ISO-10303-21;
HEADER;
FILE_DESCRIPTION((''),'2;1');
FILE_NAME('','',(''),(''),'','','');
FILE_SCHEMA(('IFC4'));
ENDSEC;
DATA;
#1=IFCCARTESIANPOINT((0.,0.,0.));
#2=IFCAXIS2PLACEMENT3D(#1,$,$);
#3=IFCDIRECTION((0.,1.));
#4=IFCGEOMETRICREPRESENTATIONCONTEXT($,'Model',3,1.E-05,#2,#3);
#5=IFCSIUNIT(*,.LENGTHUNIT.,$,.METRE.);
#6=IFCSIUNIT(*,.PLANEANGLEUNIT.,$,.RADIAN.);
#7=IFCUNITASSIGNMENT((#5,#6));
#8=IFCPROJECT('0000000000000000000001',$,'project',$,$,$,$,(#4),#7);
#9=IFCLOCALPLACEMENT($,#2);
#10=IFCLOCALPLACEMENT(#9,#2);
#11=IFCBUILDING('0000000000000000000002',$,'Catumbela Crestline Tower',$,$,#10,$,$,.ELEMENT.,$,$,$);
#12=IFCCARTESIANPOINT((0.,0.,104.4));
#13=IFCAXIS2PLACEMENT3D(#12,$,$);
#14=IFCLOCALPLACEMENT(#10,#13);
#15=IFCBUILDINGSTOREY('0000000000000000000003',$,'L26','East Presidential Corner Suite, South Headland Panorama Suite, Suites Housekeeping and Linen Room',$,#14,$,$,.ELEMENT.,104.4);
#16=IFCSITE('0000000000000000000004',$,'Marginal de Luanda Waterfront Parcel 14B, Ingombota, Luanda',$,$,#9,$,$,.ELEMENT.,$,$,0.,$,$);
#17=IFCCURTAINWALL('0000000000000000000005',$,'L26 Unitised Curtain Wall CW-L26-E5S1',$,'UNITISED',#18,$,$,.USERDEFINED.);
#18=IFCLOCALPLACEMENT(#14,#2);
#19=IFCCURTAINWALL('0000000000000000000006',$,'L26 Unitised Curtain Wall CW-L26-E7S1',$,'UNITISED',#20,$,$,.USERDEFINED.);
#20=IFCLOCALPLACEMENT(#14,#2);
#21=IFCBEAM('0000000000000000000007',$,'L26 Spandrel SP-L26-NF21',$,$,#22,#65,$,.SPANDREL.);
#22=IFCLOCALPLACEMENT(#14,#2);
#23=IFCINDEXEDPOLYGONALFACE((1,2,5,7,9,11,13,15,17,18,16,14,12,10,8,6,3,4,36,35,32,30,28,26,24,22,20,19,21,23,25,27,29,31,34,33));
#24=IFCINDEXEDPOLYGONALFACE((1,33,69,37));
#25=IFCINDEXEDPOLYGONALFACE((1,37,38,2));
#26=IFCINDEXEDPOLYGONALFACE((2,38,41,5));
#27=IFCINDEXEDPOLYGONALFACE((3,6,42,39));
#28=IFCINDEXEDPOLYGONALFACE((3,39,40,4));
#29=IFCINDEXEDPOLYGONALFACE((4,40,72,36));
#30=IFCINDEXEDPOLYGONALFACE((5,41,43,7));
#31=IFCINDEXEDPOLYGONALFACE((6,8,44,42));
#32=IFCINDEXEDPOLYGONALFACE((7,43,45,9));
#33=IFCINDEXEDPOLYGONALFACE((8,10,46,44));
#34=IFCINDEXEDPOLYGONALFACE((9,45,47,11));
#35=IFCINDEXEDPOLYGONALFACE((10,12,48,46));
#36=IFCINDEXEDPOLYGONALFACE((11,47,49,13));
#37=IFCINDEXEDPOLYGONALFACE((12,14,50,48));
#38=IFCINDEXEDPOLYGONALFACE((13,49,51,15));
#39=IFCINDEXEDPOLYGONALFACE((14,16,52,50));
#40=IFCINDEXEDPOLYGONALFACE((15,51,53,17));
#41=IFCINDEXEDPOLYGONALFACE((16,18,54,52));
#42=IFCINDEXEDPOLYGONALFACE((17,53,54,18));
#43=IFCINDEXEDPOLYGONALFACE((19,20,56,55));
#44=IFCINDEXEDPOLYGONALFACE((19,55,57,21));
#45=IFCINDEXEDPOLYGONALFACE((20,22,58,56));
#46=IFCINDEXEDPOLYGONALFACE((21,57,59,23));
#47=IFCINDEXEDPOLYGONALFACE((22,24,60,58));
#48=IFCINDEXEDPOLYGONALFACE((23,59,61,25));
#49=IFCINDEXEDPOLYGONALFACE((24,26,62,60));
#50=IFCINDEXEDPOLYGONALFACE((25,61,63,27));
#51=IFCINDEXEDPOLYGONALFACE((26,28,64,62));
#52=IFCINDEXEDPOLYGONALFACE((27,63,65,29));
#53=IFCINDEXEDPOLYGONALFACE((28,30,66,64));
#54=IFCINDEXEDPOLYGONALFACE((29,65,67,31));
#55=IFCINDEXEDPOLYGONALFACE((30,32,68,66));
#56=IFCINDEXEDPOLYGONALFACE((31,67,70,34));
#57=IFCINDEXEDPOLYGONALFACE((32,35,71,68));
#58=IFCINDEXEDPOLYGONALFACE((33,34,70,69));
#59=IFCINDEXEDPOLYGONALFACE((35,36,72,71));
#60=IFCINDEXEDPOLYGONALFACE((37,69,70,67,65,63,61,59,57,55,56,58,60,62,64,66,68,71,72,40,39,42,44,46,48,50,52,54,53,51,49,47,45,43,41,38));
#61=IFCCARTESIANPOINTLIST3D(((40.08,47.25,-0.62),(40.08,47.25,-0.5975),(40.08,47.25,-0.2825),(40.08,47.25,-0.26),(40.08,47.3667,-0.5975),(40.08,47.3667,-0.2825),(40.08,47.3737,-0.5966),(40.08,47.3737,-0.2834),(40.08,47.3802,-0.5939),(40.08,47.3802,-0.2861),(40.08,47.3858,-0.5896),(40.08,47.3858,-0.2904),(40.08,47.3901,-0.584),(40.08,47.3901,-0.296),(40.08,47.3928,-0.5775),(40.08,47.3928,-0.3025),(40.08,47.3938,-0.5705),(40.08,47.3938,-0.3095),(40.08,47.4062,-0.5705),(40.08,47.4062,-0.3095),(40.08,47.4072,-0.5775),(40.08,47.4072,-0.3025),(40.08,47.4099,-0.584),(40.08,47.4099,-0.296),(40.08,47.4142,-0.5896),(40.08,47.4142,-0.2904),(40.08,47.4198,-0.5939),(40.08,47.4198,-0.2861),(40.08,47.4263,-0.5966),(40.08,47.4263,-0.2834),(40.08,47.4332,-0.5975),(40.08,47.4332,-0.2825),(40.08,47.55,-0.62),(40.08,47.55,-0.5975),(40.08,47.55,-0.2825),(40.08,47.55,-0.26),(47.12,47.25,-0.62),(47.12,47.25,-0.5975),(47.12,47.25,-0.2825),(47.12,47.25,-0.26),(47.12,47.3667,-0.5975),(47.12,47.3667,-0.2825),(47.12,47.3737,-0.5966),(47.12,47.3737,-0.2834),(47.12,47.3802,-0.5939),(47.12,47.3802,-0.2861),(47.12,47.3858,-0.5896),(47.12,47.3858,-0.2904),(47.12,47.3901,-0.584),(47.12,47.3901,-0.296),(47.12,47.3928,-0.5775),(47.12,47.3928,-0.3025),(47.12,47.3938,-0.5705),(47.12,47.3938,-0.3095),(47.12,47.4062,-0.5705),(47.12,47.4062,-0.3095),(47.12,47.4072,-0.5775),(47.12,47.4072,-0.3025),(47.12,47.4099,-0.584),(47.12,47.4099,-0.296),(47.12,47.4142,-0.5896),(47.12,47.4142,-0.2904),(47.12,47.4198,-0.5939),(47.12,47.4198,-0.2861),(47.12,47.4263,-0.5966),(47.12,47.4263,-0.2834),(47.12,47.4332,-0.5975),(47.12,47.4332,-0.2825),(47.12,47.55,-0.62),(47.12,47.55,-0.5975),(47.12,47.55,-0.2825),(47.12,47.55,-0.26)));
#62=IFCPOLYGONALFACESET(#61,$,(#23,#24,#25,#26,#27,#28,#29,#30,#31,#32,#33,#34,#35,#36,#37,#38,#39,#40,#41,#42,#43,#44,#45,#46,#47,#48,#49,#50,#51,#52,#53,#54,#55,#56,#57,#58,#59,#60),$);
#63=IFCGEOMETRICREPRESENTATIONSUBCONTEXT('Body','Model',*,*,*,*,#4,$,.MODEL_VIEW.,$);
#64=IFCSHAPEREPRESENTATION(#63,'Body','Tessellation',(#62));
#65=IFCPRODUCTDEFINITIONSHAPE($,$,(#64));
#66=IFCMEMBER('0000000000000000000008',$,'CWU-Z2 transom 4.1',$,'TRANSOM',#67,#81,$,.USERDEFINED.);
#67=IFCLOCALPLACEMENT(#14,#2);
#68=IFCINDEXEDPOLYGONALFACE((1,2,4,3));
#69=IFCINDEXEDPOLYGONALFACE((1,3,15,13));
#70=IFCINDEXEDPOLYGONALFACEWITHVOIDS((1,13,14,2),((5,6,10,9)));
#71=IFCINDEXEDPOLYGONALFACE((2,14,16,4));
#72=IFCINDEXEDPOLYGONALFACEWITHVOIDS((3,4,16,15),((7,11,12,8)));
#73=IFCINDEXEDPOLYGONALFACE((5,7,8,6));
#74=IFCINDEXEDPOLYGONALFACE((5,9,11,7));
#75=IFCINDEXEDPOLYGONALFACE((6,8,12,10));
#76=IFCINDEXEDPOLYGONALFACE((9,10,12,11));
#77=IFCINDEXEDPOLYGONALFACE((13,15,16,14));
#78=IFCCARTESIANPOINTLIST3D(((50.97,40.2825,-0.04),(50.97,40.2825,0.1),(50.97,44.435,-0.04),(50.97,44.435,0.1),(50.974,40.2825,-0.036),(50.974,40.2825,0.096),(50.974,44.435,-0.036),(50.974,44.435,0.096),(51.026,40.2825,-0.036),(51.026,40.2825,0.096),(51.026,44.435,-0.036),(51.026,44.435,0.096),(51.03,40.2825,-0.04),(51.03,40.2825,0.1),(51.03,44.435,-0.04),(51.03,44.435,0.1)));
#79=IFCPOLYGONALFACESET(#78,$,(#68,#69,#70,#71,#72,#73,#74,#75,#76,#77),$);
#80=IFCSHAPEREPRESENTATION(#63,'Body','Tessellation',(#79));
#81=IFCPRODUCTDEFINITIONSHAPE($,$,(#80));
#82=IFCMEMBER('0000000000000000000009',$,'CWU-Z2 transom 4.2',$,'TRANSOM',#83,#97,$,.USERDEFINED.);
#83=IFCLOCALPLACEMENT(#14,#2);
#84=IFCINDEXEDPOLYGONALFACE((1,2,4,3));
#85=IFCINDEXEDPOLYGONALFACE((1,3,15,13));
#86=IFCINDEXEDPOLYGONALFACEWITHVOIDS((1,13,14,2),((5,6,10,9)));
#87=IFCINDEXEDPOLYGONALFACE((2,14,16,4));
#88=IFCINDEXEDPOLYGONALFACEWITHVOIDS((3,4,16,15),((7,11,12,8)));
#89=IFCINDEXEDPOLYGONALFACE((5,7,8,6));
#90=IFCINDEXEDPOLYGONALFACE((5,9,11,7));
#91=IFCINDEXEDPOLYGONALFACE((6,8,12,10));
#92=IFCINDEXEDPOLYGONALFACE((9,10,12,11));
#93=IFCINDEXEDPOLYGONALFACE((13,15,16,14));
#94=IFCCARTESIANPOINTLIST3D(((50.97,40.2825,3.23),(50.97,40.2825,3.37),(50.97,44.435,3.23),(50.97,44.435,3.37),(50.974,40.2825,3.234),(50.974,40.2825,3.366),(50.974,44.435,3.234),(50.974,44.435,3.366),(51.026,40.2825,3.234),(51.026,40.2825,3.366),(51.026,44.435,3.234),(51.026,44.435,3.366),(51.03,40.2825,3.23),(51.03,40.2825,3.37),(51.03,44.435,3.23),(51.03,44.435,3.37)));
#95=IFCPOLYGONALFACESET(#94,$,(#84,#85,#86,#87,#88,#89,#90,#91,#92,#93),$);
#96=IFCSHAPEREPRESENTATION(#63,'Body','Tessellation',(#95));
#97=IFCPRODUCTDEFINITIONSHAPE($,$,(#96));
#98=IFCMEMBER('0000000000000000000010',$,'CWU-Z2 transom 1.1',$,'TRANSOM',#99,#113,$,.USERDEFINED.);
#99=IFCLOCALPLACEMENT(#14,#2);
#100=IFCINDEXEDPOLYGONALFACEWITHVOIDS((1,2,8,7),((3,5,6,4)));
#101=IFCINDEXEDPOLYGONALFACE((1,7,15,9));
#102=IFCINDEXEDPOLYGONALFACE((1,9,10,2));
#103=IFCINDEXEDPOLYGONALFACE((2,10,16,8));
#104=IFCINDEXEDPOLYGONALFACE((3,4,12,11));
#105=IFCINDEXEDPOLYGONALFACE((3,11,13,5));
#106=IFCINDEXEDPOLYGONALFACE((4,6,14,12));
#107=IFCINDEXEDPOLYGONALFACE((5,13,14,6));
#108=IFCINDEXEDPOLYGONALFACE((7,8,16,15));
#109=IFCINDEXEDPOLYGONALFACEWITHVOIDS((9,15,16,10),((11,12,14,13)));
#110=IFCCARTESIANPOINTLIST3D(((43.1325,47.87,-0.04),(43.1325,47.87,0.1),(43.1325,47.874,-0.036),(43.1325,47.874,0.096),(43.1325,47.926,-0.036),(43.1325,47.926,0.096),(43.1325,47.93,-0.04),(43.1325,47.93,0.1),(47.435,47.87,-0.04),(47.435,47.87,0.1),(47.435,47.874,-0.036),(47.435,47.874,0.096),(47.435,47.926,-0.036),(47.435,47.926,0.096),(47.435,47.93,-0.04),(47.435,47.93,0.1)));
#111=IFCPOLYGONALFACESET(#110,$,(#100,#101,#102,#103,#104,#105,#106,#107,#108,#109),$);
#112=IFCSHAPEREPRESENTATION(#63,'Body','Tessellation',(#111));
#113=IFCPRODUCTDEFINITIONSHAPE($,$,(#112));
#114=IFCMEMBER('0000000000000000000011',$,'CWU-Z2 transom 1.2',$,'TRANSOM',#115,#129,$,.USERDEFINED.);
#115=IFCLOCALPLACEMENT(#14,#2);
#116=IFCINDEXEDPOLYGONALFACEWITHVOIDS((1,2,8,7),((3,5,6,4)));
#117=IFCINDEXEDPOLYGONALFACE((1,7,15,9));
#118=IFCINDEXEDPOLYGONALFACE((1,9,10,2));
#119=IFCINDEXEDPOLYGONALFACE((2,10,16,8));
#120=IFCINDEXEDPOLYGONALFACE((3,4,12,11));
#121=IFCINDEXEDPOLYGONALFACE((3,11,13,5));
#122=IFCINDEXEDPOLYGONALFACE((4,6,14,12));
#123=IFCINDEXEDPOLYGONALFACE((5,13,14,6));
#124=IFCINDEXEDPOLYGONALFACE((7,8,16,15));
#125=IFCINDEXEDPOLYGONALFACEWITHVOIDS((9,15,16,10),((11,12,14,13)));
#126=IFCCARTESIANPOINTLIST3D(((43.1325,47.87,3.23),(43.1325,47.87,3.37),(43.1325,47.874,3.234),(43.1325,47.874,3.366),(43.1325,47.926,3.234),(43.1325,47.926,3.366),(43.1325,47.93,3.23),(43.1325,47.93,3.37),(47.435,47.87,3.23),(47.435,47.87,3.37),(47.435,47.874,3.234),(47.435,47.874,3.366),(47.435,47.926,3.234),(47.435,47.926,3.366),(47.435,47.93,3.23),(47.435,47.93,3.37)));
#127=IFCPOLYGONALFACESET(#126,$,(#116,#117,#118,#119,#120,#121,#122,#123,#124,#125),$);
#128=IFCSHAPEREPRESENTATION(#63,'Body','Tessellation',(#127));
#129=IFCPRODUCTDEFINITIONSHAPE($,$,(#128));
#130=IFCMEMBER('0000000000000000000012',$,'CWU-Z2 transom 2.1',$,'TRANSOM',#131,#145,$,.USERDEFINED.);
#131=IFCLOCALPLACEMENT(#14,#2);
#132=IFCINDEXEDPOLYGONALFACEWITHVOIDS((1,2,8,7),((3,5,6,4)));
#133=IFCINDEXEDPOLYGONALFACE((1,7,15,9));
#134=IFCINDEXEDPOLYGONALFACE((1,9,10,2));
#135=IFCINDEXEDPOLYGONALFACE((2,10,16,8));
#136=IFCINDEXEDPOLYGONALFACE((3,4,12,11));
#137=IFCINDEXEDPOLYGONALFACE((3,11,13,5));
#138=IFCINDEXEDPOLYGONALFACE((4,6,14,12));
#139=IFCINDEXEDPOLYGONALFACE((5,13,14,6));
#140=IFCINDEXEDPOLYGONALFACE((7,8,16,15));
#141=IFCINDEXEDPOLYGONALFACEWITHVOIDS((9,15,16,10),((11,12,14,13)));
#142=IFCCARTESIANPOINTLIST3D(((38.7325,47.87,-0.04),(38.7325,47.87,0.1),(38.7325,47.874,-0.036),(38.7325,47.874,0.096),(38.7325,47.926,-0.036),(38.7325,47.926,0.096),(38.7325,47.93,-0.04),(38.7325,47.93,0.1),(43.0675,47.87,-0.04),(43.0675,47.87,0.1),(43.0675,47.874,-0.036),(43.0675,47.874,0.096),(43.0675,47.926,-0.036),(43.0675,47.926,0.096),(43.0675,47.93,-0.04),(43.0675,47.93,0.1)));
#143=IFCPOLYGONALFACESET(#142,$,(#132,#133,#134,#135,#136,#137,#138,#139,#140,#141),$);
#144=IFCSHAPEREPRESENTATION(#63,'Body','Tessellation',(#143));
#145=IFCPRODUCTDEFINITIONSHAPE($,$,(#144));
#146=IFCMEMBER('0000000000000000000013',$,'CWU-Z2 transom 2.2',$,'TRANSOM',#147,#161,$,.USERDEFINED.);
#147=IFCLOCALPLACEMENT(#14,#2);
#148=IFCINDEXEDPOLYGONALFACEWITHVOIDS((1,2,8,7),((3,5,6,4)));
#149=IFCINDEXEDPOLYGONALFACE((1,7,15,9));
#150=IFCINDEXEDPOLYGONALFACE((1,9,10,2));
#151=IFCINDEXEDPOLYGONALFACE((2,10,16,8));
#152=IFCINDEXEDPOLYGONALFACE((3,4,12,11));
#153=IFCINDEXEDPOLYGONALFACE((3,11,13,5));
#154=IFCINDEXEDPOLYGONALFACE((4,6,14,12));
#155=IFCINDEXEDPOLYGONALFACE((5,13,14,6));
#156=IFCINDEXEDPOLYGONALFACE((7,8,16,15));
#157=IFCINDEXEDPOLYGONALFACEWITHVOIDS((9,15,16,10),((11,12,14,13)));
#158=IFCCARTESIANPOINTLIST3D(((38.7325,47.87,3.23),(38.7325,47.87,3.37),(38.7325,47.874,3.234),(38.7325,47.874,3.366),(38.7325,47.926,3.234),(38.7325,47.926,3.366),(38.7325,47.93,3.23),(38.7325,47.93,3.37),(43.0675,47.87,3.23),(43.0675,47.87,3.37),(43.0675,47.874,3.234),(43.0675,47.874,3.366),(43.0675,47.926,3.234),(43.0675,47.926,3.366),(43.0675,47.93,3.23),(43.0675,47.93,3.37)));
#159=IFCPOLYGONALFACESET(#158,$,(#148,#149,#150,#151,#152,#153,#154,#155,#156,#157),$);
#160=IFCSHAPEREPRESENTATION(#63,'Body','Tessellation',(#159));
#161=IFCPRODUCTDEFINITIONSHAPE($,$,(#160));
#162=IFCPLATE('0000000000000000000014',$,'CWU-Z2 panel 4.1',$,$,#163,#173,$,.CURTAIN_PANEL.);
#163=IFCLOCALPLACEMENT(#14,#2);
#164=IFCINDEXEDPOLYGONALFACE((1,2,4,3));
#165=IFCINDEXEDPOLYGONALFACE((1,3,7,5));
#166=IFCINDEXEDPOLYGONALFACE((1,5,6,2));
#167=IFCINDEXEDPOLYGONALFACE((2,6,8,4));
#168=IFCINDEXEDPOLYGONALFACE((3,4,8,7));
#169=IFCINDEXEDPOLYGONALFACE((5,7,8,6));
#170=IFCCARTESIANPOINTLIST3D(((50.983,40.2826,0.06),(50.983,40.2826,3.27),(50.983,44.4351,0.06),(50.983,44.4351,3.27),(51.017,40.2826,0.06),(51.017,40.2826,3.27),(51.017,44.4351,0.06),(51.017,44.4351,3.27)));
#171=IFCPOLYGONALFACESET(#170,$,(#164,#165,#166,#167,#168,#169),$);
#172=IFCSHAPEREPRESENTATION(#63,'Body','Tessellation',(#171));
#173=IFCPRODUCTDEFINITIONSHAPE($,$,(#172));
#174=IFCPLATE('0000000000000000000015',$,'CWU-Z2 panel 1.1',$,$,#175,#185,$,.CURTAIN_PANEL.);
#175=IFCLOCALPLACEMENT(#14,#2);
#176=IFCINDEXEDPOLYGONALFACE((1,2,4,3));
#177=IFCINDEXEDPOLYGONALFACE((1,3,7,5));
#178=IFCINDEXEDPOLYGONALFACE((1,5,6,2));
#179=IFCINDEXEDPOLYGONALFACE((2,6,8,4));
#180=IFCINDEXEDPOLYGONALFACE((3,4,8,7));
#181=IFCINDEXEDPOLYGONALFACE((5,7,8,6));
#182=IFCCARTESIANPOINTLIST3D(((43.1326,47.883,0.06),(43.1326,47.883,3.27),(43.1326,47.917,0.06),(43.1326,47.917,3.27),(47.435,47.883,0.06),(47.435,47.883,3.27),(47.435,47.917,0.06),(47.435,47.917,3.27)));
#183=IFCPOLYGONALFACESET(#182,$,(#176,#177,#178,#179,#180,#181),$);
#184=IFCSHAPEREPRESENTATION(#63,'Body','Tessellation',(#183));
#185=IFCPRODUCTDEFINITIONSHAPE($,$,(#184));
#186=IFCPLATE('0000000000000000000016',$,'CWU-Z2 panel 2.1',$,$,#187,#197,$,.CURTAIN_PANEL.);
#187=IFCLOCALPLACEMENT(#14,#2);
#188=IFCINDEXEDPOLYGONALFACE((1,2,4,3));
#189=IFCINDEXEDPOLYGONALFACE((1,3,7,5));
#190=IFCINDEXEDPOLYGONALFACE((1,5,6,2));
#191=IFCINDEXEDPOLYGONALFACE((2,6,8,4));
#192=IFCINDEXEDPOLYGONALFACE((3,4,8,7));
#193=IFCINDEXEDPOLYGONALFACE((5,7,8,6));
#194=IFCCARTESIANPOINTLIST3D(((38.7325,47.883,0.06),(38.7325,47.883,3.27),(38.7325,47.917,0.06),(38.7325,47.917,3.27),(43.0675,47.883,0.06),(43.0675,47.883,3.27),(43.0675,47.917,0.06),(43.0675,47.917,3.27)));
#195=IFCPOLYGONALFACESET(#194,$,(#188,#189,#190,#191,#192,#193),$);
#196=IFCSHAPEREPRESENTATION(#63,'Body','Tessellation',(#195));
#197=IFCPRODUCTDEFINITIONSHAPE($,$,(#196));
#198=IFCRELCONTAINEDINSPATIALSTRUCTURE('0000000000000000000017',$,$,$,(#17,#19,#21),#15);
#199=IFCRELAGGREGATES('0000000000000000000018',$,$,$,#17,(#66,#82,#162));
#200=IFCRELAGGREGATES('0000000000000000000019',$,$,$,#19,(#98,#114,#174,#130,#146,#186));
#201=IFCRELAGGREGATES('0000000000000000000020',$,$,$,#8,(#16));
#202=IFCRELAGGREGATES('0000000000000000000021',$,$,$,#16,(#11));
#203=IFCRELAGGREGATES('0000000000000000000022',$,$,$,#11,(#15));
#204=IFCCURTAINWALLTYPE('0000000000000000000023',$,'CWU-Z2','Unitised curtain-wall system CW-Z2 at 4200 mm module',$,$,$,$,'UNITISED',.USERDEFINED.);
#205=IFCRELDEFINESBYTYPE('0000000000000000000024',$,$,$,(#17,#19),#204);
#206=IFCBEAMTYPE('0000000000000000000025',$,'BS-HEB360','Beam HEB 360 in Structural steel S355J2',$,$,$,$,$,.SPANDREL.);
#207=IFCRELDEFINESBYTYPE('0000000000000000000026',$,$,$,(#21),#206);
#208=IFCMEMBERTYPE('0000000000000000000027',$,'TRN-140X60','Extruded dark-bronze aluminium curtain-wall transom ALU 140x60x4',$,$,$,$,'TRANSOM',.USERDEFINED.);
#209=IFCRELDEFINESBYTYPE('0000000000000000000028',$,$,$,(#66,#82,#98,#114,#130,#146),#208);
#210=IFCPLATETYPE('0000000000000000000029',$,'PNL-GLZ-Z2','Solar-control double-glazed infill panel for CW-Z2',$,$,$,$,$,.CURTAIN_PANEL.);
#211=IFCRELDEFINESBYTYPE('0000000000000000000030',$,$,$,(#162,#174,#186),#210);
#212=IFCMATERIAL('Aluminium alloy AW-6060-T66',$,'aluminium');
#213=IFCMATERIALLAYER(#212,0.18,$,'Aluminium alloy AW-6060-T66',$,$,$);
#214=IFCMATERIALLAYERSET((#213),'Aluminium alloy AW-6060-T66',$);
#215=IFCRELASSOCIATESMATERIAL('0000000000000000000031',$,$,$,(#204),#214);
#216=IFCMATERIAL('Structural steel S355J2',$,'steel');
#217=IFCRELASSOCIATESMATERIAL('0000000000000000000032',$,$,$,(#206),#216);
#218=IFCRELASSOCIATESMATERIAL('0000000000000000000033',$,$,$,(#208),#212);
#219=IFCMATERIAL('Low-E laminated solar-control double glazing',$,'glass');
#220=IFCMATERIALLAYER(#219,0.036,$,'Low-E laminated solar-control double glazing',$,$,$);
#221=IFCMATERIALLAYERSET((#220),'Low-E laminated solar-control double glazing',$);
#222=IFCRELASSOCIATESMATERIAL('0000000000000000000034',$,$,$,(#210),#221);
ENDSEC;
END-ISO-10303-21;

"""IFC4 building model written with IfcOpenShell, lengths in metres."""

from ifc_helpers import new_model, si_unit, direction, frame, origin, origin_2d, place, context, subcontext, project, spatial, rectangle, hollow_rectangle, i_section, extrude, material, layer, layer_set, material_profile, profile_set, type_object, element, aggregate, save


model = new_model("IFC4")

# Units and contexts
model_context = context("Model", 3, precision=1e-05, world=origin(), true_north=direction((0.0, 1.0)))
body_context = subcontext(model_context, "Body", "Model", "MODEL_VIEW")
ifc_project = project(units=[si_unit("LENGTHUNIT", "METRE"), si_unit("PLANEANGLEUNIT", "RADIAN")], contexts=[model_context])

# Site, building, storey
site_placement = place(None, origin())
site = spatial("IfcSite", under=ifc_project, at=site_placement, Name="Marginal de Luanda Waterfront Parcel 14B, Ingombota, Luanda", CompositionType="ELEMENT", RefElevation=0.0)
building_placement = place(site_placement, origin())
building = spatial("IfcBuilding", under=site, at=building_placement, Name="Catumbela Crestline Tower", CompositionType="ELEMENT")
storey_placement = place(building_placement, frame((0.0, 0.0, 104.4)))
storey = spatial("IfcBuildingStorey", under=building, at=storey_placement, Name="L26", Description="East Presidential Corner Suite, South Headland Panorama Suite, Suites Housekeeping and Linen Room", CompositionType="ELEMENT", Elevation=104.4)

# Curtain walls
ifc_material_1 = material(Name="Aluminium alloy AW-6060-T66", Category="aluminium")
ifc_layer_1 = layer(ifc_material_1, 0.18, Name="Aluminium alloy AW-6060-T66")
ifc_layer_set_1 = layer_set([ifc_layer_1], Name="Aluminium alloy AW-6060-T66")
curtain_wall_type = type_object("IfcCurtainWallType", Name="CWU-Z2", Description="Unitised curtain-wall system CW-Z2 at 4200 mm module", ElementType="UNITISED", PredefinedType="USERDEFINED", material=ifc_layer_set_1)
curtain_wall_1_placement = place(storey_placement, origin())
curtain_wall_1 = element("IfcCurtainWall", 1, at=curtain_wall_1_placement, inside=storey, type_object=curtain_wall_type, Name="L26 Unitised Curtain Wall CW-L26-E5S1", ObjectType="UNITISED", PredefinedType="USERDEFINED")
curtain_wall_2_placement = place(storey_placement, origin())
curtain_wall_2 = element("IfcCurtainWall", 2, at=curtain_wall_2_placement, inside=storey, type_object=curtain_wall_type, Name="L26 Unitised Curtain Wall CW-L26-E7S1", ObjectType="UNITISED", PredefinedType="USERDEFINED")

# Beam
ifc_material_2 = material(Name="Structural steel S355J2", Category="steel")
ifc_material_profile_1 = material_profile(ifc_material_2, i_section(OverallWidth=0.3, OverallDepth=0.36, WebThickness=0.0125, FlangeThickness=0.0225, FilletRadius=0.027, at=origin_2d()), Name="HEB 360")
ifc_profile_set_1 = profile_set([ifc_material_profile_1], Name="Structural steel S355J2")
beam_type = type_object("IfcBeamType", Name="BS-HEB360", Description="Beam HEB 360 in Structural steel S355J2", PredefinedType="SPANDREL", material=ifc_profile_set_1)
beam_placement = place(storey_placement, frame((40.08, 47.4, -0.44), z_axis=(1.0, 0.0, 0.0), x_axis=(0.0, 1.0, 0.0)))
element("IfcBeam", 3, at=beam_placement, inside=storey, type_object=beam_type, Name="L26 Spandrel SP-L26-NF21", PredefinedType="SPANDREL", context=body_context, shape_type="SweptSolid", body=[
    extrude(i_section(OverallWidth=0.3, OverallDepth=0.36, WebThickness=0.0125, FlangeThickness=0.0225, FilletRadius=0.027, at=origin_2d()), origin(), (0.0, 0.0, 1.0), 7.04),
])

# Members
ifc_material_profile_2 = material_profile(ifc_material_1, hollow_rectangle(XDim=0.06, YDim=0.14, WallThickness=0.004, at=origin_2d()), Name="ALU 140x60x4")
ifc_profile_set_2 = profile_set([ifc_material_profile_2], Name="Aluminium alloy AW-6060-T66")
member_type_1 = type_object("IfcMemberType", Name="TRN-140X60", Description="Extruded dark-bronze aluminium curtain-wall transom ALU 140x60x4", ElementType="TRANSOM", PredefinedType="USERDEFINED", material=ifc_profile_set_2)
member_1_placement = place(storey_placement, frame((51.0, 40.2825, 0.03), z_axis=(0.0, 1.0, 0.0), x_axis=(-1.0, 0.0, 0.0)))
member_1 = element("IfcMember", 4, at=member_1_placement, type_object=member_type_1, Name="CWU-Z2 transom 4.1", ObjectType="TRANSOM", PredefinedType="USERDEFINED", context=body_context, shape_type="SweptSolid", body=[
    extrude(hollow_rectangle(XDim=0.06, YDim=0.14, WallThickness=0.004, at=origin_2d()), origin(), (0.0, 0.0, 1.0), 4.1525),
])
member_2_placement = place(storey_placement, frame((51.0, 40.2825, 3.3), z_axis=(0.0, 1.0, 0.0), x_axis=(-1.0, 0.0, 0.0)))
member_2 = element("IfcMember", 5, at=member_2_placement, type_object=member_type_1, Name="CWU-Z2 transom 4.2", ObjectType="TRANSOM", PredefinedType="USERDEFINED", context=body_context, shape_type="SweptSolid", body=[
    extrude(hollow_rectangle(XDim=0.06, YDim=0.14, WallThickness=0.004, at=origin_2d()), origin(), (0.0, 0.0, 1.0), 4.1525),
])
member_3_placement = place(storey_placement, frame((47.435, 47.9, 0.03), z_axis=(-1.0, 0.0, 0.0), x_axis=(0.0, -1.0, 0.0)))
member_3 = element("IfcMember", 6, at=member_3_placement, type_object=member_type_1, Name="CWU-Z2 transom 1.1", ObjectType="TRANSOM", PredefinedType="USERDEFINED", context=body_context, shape_type="SweptSolid", body=[
    extrude(hollow_rectangle(XDim=0.06, YDim=0.14, WallThickness=0.004, at=origin_2d()), origin(), (0.0, 0.0, 1.0), 4.3025),
])
member_4_placement = place(storey_placement, frame((47.435, 47.9, 3.3), z_axis=(-1.0, 0.0, 0.0), x_axis=(0.0, -1.0, 0.0)))
member_4 = element("IfcMember", 7, at=member_4_placement, type_object=member_type_1, Name="CWU-Z2 transom 1.2", ObjectType="TRANSOM", PredefinedType="USERDEFINED", context=body_context, shape_type="SweptSolid", body=[
    extrude(hollow_rectangle(XDim=0.06, YDim=0.14, WallThickness=0.004, at=origin_2d()), origin(), (0.0, 0.0, 1.0), 4.3025),
])
member_5_placement = place(storey_placement, frame((43.0675, 47.9, 0.03), z_axis=(-1.0, 0.0, 0.0), x_axis=(0.0, -1.0, 0.0)))
member_5 = element("IfcMember", 8, at=member_5_placement, type_object=member_type_1, Name="CWU-Z2 transom 2.1", ObjectType="TRANSOM", PredefinedType="USERDEFINED", context=body_context, shape_type="SweptSolid", body=[
    extrude(hollow_rectangle(XDim=0.06, YDim=0.14, WallThickness=0.004, at=origin_2d()), origin(), (0.0, 0.0, 1.0), 4.335),
])
member_6_placement = place(storey_placement, frame((43.0675, 47.9, 3.3), z_axis=(-1.0, 0.0, 0.0), x_axis=(0.0, -1.0, 0.0)))
member_6 = element("IfcMember", 9, at=member_6_placement, type_object=member_type_1, Name="CWU-Z2 transom 2.2", ObjectType="TRANSOM", PredefinedType="USERDEFINED", context=body_context, shape_type="SweptSolid", body=[
    extrude(hollow_rectangle(XDim=0.06, YDim=0.14, WallThickness=0.004, at=origin_2d()), origin(), (0.0, 0.0, 1.0), 4.335),
])

# Plates
ifc_material_3 = material(Name="Low-E laminated solar-control double glazing", Category="glass")
ifc_layer_2 = layer(ifc_material_3, 0.036, Name="Low-E laminated solar-control double glazing")
ifc_layer_set_2 = layer_set([ifc_layer_2], Name="Low-E laminated solar-control double glazing")
plate_type = type_object("IfcPlateType", Name="PNL-GLZ-Z2", Description="Solar-control double-glazed infill panel for CW-Z2", PredefinedType="CURTAIN_PANEL", material=ifc_layer_set_2)
plate_1_placement = place(storey_placement, frame((51.0, 42.3588, 0.06), z_axis=(0.0, 0.0, 1.0), x_axis=(0.0, 1.0, 0.0)))
plate_1 = element("IfcPlate", 10, at=plate_1_placement, type_object=plate_type, Name="CWU-Z2 panel 4.1", PredefinedType="CURTAIN_PANEL", context=body_context, shape_type="SweptSolid", body=[
    extrude(rectangle(XDim=4.1525, YDim=0.034, at=origin_2d()), origin(), (0.0, 0.0, 1.0), 3.21),
])
aggregate(curtain_wall_1, [member_1, member_2, plate_1])
plate_2_placement = place(storey_placement, frame((45.2838, 47.9, 0.06), z_axis=(0.0, 0.0, 1.0), x_axis=(-1.0, 0.0, 0.0)))
plate_2 = element("IfcPlate", 11, at=plate_2_placement, type_object=plate_type, Name="CWU-Z2 panel 1.1", PredefinedType="CURTAIN_PANEL", context=body_context, shape_type="SweptSolid", body=[
    extrude(rectangle(XDim=4.3025, YDim=0.034, at=origin_2d()), origin(), (0.0, 0.0, 1.0), 3.21),
])
plate_3_placement = place(storey_placement, frame((40.9, 47.9, 0.06), z_axis=(0.0, 0.0, 1.0), x_axis=(-1.0, 0.0, 0.0)))
plate_3 = element("IfcPlate", 12, at=plate_3_placement, type_object=plate_type, Name="CWU-Z2 panel 2.1", PredefinedType="CURTAIN_PANEL", context=body_context, shape_type="SweptSolid", body=[
    extrude(rectangle(XDim=4.335, YDim=0.034, at=origin_2d()), origin(), (0.0, 0.0, 1.0), 3.21),
])
aggregate(curtain_wall_2, [member_3, member_4, plate_2, member_5, member_6, plate_3])

save(model, "model.ifc")
